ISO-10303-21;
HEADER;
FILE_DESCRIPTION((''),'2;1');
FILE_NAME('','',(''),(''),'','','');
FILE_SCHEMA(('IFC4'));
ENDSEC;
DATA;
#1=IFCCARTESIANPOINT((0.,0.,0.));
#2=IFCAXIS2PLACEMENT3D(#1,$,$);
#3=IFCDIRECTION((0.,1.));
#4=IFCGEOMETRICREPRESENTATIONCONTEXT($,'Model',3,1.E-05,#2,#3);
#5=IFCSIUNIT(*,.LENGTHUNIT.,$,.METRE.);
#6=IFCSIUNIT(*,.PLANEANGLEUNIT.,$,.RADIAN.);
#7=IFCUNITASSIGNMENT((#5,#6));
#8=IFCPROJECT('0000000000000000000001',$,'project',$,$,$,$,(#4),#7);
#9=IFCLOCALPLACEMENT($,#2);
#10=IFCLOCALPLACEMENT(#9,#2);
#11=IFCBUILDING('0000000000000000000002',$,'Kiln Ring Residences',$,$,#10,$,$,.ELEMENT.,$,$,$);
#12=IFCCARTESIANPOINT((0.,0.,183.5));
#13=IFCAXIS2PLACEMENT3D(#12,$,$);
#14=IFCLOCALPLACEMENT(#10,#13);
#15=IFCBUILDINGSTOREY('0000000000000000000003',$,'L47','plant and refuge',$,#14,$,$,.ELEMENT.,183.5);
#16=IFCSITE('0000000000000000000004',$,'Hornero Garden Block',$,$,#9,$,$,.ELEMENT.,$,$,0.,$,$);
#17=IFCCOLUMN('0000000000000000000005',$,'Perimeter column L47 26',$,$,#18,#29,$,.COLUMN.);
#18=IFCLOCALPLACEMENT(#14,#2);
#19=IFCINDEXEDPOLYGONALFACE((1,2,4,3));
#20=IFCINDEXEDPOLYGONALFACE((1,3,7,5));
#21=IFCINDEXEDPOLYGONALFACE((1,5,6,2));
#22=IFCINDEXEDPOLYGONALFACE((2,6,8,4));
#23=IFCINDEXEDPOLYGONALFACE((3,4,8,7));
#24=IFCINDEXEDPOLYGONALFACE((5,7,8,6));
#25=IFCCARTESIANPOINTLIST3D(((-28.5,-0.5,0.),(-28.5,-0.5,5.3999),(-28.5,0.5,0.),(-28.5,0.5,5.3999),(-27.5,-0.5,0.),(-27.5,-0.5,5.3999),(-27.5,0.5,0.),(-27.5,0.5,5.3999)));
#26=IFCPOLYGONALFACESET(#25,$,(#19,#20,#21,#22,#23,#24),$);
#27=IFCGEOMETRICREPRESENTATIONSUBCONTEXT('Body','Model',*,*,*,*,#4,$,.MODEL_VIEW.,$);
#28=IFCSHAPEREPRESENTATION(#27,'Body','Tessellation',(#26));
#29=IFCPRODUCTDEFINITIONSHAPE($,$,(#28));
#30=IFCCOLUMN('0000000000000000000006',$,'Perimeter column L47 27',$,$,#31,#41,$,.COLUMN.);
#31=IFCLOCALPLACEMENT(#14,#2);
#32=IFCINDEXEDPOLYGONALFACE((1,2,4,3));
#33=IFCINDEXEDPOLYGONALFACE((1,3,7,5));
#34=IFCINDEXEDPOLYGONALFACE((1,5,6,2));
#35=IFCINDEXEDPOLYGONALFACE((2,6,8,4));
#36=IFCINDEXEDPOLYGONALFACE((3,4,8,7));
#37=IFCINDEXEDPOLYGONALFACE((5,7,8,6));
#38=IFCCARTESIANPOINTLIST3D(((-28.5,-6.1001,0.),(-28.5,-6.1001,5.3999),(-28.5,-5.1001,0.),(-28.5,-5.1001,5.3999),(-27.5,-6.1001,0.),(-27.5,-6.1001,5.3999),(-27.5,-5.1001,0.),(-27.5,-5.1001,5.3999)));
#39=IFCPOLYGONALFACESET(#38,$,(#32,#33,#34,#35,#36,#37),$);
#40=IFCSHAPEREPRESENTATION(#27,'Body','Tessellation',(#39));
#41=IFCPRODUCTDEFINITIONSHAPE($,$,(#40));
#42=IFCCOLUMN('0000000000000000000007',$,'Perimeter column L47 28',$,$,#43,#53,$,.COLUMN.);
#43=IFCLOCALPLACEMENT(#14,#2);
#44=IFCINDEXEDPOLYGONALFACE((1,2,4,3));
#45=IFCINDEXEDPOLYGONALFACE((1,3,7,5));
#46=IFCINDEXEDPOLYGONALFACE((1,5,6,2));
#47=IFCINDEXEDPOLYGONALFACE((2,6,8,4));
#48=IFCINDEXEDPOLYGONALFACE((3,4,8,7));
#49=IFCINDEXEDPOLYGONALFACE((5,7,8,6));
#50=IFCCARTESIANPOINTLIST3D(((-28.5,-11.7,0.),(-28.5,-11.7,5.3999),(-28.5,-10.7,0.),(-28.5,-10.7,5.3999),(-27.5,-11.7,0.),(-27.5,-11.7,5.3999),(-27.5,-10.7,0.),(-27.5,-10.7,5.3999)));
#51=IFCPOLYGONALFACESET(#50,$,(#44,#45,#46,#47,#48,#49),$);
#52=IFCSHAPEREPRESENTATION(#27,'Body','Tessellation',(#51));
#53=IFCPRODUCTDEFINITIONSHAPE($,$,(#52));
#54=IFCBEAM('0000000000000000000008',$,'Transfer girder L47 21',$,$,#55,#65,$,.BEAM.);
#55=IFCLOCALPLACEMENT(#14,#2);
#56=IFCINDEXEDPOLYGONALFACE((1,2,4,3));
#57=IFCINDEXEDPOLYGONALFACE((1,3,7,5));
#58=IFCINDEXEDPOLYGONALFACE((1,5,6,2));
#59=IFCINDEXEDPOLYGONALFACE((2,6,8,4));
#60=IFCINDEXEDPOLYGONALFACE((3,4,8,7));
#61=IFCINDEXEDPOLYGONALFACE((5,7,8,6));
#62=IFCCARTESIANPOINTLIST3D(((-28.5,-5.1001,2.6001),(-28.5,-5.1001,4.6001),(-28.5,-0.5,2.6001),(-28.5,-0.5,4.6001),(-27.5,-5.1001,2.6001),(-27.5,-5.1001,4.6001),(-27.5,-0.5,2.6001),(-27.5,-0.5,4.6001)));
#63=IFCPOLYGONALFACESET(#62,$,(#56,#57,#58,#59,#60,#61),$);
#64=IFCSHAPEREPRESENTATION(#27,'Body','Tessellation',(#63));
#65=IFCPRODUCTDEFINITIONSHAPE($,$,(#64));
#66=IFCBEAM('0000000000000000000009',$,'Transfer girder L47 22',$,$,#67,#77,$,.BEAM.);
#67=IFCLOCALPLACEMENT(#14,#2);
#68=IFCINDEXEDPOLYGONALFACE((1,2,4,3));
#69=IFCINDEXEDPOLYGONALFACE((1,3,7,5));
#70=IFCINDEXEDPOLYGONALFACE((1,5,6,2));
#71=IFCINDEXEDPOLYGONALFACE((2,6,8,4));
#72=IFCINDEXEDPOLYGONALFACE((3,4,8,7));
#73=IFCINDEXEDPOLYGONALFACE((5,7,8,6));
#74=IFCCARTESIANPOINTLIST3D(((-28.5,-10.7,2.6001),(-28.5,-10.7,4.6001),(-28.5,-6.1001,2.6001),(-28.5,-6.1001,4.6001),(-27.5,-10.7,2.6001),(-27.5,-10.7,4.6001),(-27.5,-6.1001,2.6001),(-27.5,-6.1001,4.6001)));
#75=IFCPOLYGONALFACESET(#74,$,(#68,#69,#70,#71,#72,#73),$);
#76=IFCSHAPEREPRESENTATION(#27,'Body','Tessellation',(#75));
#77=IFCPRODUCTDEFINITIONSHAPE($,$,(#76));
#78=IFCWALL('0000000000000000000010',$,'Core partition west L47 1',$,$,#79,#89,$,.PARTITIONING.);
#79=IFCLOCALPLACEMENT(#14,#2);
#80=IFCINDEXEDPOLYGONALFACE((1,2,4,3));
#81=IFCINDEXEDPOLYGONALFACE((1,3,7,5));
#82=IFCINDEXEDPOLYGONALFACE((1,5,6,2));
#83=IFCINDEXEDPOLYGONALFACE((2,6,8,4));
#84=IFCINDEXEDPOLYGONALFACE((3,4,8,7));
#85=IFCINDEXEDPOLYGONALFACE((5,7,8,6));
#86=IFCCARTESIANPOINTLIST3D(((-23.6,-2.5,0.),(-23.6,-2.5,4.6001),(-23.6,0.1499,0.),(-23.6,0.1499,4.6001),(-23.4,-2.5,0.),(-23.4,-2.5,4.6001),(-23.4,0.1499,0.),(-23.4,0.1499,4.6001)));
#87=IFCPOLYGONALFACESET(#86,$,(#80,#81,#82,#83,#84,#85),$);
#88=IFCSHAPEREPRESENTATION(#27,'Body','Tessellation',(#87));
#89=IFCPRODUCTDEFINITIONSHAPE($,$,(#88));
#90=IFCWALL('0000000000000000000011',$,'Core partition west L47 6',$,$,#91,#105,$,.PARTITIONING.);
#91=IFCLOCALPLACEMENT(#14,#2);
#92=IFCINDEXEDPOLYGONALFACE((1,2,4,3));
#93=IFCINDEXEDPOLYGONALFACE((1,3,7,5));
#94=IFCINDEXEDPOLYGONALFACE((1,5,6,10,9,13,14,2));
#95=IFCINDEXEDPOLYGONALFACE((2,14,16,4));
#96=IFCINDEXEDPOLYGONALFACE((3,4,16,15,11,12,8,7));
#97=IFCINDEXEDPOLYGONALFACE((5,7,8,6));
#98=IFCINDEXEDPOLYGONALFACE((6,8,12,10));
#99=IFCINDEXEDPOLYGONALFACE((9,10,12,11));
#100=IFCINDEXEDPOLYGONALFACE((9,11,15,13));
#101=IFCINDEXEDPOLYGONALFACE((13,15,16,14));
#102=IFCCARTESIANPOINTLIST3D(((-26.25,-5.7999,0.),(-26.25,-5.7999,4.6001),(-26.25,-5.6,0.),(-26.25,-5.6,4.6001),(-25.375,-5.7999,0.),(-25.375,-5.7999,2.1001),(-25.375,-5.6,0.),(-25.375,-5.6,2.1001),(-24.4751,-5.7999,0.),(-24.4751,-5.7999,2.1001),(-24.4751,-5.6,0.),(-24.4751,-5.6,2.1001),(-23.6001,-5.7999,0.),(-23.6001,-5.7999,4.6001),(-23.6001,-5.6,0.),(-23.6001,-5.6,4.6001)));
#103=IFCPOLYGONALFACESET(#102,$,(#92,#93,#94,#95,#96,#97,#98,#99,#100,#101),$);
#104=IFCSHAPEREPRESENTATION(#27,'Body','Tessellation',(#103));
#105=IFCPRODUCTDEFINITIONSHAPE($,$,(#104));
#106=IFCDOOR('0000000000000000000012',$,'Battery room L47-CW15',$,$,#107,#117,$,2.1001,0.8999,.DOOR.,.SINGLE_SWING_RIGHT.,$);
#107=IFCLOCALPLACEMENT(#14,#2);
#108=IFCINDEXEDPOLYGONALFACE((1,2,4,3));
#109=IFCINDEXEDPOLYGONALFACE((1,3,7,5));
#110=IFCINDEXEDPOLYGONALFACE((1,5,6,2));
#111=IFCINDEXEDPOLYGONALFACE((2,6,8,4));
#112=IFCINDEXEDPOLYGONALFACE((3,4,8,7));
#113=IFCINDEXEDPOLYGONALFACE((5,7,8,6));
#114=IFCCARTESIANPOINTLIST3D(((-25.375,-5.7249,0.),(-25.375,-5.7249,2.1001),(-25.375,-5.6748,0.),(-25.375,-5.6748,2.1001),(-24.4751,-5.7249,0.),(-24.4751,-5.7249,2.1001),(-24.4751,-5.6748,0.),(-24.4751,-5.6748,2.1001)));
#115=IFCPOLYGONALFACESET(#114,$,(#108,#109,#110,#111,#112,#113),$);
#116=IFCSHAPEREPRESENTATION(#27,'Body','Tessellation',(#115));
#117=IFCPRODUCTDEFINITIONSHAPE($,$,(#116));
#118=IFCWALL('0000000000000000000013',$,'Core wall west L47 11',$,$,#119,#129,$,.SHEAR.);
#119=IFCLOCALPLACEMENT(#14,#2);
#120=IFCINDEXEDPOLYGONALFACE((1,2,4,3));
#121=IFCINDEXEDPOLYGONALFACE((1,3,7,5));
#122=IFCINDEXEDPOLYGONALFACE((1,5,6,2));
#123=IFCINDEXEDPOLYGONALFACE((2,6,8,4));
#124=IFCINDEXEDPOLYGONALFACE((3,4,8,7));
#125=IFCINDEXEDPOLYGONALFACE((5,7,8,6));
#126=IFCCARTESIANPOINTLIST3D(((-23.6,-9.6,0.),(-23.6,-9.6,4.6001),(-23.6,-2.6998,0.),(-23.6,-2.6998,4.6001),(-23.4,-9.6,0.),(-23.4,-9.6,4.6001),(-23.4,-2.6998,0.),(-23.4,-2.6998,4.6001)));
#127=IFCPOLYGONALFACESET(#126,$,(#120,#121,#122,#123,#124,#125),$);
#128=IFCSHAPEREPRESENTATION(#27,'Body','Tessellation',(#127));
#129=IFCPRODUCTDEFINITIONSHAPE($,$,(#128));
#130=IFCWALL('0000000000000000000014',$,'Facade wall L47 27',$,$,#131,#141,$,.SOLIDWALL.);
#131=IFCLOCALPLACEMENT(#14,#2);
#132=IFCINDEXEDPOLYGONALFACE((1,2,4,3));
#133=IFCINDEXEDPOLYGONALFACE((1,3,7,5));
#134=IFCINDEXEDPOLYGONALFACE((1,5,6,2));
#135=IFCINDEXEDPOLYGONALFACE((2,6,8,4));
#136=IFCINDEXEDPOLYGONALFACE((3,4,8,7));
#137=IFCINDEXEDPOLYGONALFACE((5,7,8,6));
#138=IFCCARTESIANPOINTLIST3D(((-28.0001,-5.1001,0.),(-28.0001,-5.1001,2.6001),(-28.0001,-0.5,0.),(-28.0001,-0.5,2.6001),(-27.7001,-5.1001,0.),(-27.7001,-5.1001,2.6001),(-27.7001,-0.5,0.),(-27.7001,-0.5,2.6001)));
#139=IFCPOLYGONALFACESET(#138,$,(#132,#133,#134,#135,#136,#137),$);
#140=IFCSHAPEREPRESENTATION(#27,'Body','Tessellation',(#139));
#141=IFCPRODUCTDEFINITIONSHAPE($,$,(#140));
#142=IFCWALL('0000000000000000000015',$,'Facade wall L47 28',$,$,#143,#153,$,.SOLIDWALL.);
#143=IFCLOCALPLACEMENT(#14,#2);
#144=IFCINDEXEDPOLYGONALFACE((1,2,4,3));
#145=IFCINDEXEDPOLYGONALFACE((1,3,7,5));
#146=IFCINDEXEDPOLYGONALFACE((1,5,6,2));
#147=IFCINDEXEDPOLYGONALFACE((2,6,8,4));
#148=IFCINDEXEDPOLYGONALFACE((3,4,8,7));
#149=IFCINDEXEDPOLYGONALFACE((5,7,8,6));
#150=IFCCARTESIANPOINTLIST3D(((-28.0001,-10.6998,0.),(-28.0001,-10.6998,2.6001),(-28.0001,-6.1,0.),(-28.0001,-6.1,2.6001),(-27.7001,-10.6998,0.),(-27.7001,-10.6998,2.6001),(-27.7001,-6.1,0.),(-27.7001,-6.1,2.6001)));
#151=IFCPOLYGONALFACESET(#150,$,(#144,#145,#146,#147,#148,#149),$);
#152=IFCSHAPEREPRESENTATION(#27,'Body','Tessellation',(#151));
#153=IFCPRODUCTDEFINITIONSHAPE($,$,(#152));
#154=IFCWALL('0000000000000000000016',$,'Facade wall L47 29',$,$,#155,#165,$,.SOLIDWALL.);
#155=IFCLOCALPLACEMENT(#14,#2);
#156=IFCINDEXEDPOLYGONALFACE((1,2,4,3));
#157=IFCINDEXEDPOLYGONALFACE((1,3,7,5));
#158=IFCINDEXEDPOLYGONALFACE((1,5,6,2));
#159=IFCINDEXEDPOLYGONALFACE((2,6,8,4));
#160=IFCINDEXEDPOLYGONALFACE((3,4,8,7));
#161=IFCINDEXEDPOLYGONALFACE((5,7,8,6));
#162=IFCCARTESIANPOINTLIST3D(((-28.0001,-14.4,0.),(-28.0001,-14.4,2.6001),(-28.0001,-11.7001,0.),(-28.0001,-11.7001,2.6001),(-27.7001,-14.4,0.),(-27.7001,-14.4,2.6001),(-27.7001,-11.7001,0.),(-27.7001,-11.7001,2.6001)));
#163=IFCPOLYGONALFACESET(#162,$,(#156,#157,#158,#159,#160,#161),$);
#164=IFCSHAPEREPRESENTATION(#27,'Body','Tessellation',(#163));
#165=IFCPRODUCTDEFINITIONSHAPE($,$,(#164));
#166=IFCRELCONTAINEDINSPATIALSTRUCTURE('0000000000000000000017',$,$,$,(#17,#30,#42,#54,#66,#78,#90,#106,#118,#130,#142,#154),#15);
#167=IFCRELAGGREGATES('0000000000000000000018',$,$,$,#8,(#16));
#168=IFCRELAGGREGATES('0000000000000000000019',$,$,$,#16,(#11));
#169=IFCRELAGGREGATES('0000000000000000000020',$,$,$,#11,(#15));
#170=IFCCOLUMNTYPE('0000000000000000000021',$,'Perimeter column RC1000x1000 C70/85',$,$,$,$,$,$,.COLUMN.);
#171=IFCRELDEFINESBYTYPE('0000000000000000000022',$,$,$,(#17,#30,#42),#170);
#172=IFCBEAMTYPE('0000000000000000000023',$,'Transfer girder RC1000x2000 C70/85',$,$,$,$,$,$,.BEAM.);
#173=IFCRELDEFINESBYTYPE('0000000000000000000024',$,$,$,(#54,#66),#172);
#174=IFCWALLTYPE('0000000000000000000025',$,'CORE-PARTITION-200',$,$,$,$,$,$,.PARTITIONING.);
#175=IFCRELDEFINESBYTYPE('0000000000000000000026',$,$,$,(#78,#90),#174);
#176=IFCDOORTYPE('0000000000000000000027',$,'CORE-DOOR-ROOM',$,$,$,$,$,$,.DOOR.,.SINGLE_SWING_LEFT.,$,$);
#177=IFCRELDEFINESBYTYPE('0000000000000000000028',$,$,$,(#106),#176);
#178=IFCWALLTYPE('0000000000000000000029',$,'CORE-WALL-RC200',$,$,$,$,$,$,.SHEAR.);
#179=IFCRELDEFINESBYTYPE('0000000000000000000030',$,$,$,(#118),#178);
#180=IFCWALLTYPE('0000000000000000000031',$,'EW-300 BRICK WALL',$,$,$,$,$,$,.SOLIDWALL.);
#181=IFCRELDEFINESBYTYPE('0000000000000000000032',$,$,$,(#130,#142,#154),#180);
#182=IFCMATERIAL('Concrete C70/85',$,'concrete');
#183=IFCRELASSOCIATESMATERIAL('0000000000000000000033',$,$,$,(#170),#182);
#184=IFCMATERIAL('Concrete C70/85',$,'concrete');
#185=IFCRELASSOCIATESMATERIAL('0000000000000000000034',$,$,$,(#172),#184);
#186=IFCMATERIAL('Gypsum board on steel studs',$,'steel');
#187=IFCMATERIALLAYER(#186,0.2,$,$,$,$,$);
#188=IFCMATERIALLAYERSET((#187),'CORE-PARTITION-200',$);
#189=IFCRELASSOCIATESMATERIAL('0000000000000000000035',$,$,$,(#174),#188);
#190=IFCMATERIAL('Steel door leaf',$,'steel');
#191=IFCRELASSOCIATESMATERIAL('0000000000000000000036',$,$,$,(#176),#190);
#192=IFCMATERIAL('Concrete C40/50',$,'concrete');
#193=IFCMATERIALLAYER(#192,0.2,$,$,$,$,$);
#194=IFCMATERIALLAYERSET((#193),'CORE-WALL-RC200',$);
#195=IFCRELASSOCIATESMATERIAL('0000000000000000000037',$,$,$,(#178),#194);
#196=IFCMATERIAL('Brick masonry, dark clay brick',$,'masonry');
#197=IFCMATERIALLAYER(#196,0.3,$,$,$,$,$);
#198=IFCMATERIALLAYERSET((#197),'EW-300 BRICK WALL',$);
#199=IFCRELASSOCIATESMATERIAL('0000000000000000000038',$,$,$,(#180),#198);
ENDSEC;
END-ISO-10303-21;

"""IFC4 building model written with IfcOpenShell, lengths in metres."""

from ifc_helpers import new_model, si_unit, direction, frame, frame_2d, origin, origin_2d, place, context, subcontext, project, spatial, rectangle, extrude, material, layer, layer_set, material_profile, profile_set, type_object, element, fill, save


model = new_model("IFC4")

# Units and contexts
model_context = context("Model", 3, precision=1e-05, world=origin(), true_north=direction((0.0, 1.0)))
body_context = subcontext(model_context, "Body", "Model", "MODEL_VIEW")
ifc_project = project(units=[si_unit("LENGTHUNIT", "METRE"), si_unit("PLANEANGLEUNIT", "RADIAN")], contexts=[model_context])

# Site, building, storey
site_placement = place(None, origin())
site = spatial("IfcSite", under=ifc_project, at=site_placement, Name="Hornero Garden Block", CompositionType="ELEMENT", RefElevation=0.0)
building_placement = place(site_placement, origin())
building = spatial("IfcBuilding", under=site, at=building_placement, Name="Kiln Ring Residences", CompositionType="ELEMENT")
storey_placement = place(building_placement, frame((0.0, 0.0, 183.5)))
storey = spatial("IfcBuildingStorey", under=building, at=storey_placement, Name="L47", Description="plant and refuge", CompositionType="ELEMENT", Elevation=183.5)

# Columns
ifc_material_1 = material(Name="Concrete C70/85", Category="concrete")
ifc_material_profile_1 = material_profile(ifc_material_1, rectangle(XDim=1.0, YDim=1.0, at=origin_2d()), Name="RC1000x1000")
ifc_profile_set_1 = profile_set([ifc_material_profile_1], Name="Concrete C70/85")
column_type = type_object("IfcColumnType", Name="Perimeter column RC1000x1000 C70/85", PredefinedType="COLUMN", material=ifc_profile_set_1)
for number, where, z_axis, x_axis, name in (
    (1, (-28.0, 0.0, 0.0), (0.0, 0.0, 1.0), (1.0, 0.0, 0.0), "Perimeter column L47 26"),
    (2, (-28.0, -5.6001, 0.0), (0.0, 0.0, 1.0), (1.0, 0.0, 0.0), "Perimeter column L47 27"),
    (3, (-28.0, -11.2, 0.0), (0.0, 0.0, 1.0), (1.0, 0.0, 0.0), "Perimeter column L47 28"),
):
    element("IfcColumn", number, at=place(storey_placement, frame(where, z_axis=z_axis, x_axis=x_axis)), inside=storey, type_object=column_type, Name=name, PredefinedType="COLUMN", context=body_context, shape_type="SweptSolid", body=[
        extrude(rectangle(XDim=1.0, YDim=1.0, at=origin_2d()), origin(), (0.0, 0.0, 1.0), 5.3999),
    ])

# Beams
ifc_material_2 = material(Name="Concrete C70/85", Category="concrete")
ifc_material_profile_2 = material_profile(ifc_material_2, rectangle(XDim=1.0, YDim=2.0, at=origin_2d()), Name="RC1000x2000")
ifc_profile_set_2 = profile_set([ifc_material_profile_2], Name="Concrete C70/85")
beam_type = type_object("IfcBeamType", Name="Transfer girder RC1000x2000 C70/85", PredefinedType="BEAM", material=ifc_profile_set_2)
beam_1_placement = place(storey_placement, frame((-28.0, -0.5, 3.6001), z_axis=(0.0, -1.0, 0.0), x_axis=(1.0, 0.0, 0.0)))
element("IfcBeam", 4, at=beam_1_placement, inside=storey, type_object=beam_type, Name="Transfer girder L47 21", PredefinedType="BEAM", context=body_context, shape_type="SweptSolid", body=[
    extrude(rectangle(XDim=1.0, YDim=2.0, at=origin_2d()), origin(), (0.0, 0.0, 1.0), 4.6001),
])
beam_2_placement = place(storey_placement, frame((-28.0, -6.1001, 3.6001), z_axis=(0.0, -1.0, 0.0), x_axis=(1.0, 0.0, 0.0)))
element("IfcBeam", 5, at=beam_2_placement, inside=storey, type_object=beam_type, Name="Transfer girder L47 22", PredefinedType="BEAM", context=body_context, shape_type="SweptSolid", body=[
    extrude(rectangle(XDim=1.0, YDim=2.0, at=origin_2d()), origin(), (0.0, 0.0, 1.0), 4.5999),
])

# Wall
ifc_material_3 = material(Name="Gypsum board on steel studs", Category="steel")
ifc_layer_1 = layer(ifc_material_3, 0.2)
ifc_layer_set_1 = layer_set([ifc_layer_1], Name="CORE-PARTITION-200")
wall_type_1 = type_object("IfcWallType", Name="CORE-PARTITION-200", PredefinedType="PARTITIONING", material=ifc_layer_set_1)
wall_1_placement = place(storey_placement, frame((-23.5, -2.5, 0.0), z_axis=(0.0, 0.0, 1.0), x_axis=(0.0, 1.0, 0.0)))
element("IfcWall", 6, at=wall_1_placement, inside=storey, type_object=wall_type_1, Name="Core partition west L47 1", PredefinedType="PARTITIONING", context=body_context, shape_type="SweptSolid", body=[
    extrude(rectangle(XDim=2.6499, YDim=0.2, at=frame_2d((1.325, 0.0))), origin(), (0.0, 0.0, 1.0), 4.6001),
])

# Wall, opening, door
wall_2_placement = place(storey_placement, frame((-23.6001, -5.7, 0.0), z_axis=(0.0, 0.0, 1.0), x_axis=(-1.0, 0.0, 0.0)))
wall_2 = element("IfcWall", 7, at=wall_2_placement, inside=storey, type_object=wall_type_1, Name="Core partition west L47 6", PredefinedType="PARTITIONING", context=body_context, shape_type="SweptSolid", body=[
    extrude(rectangle(XDim=2.6499, YDim=0.2, at=frame_2d((1.325, 0.0))), origin(), (0.0, 0.0, 1.0), 4.6001),
])
opening_placement = place(wall_2_placement, frame((0.875, 0.0, 0.0)))
opening = element("IfcOpeningElement", 8, at=opening_placement, cuts=wall_2, PredefinedType="OPENING", context=body_context, shape_type="SweptSolid", body=[
    extrude(rectangle(XDim=0.8999, YDim=2.1001, at=frame_2d((0.45, 1.05))), frame((0.0, 0.1099, 0.0), z_axis=(0.0, -1.0, 0.0), x_axis=(1.0, 0.0, 0.0)), (0.0, 0.0, 1.0), 0.22),
])
ifc_material_4 = material(Name="Steel door leaf", Category="steel")
door_type = type_object("IfcDoorType", Name="CORE-DOOR-ROOM", OperationType="SINGLE_SWING_LEFT", PredefinedType="DOOR", material=ifc_material_4)
door_placement = place(opening_placement, origin())
door = element("IfcDoor", 9, at=door_placement, inside=storey, type_object=door_type, Name="Battery room L47-CW15", OperationType="SINGLE_SWING_RIGHT", OverallHeight=2.1001, OverallWidth=0.8999, PredefinedType="DOOR", context=body_context, shape_type="SweptSolid", body=[
    extrude(rectangle(XDim=0.8999, YDim=2.1001, at=frame_2d((0.45, 1.05))), frame((0.0, 0.0249, 0.0), z_axis=(0.0, -1.0, 0.0), x_axis=(1.0, 0.0, 0.0)), (0.0, 0.0, 1.0), 0.05),
])
fill(opening, door)

# Walls
ifc_material_5 = material(Name="Concrete C40/50", Category="concrete")
ifc_layer_2 = layer(ifc_material_5, 0.2)
ifc_layer_set_2 = layer_set([ifc_layer_2], Name="CORE-WALL-RC200")
wall_type_2 = type_object("IfcWallType", Name="CORE-WALL-RC200", PredefinedType="SHEAR", material=ifc_layer_set_2)
wall_3_placement = place(storey_placement, frame((-23.5, -9.6001, 0.0), z_axis=(0.0, 0.0, 1.0), x_axis=(0.0, 1.0, 0.0)))
element("IfcWall", 10, at=wall_3_placement, inside=storey, type_object=wall_type_2, Name="Core wall west L47 11", PredefinedType="SHEAR", context=body_context, shape_type="SweptSolid", body=[
    extrude(rectangle(XDim=6.9001, YDim=0.2, at=frame_2d((3.4502, 0.0))), origin(), (0.0, 0.0, 1.0), 4.6001),
])
ifc_material_6 = material(Name="Brick masonry, dark clay brick", Category="masonry")
ifc_layer_3 = layer(ifc_material_6, 0.3)
ifc_layer_set_3 = layer_set([ifc_layer_3], Name="EW-300 BRICK WALL")
wall_type_3 = type_object("IfcWallType", Name="EW-300 BRICK WALL", PredefinedType="SOLIDWALL", material=ifc_layer_set_3)
wall_4_placement = place(storey_placement, frame((-27.8501, -0.5, 0.0), z_axis=(0.0, 0.0, 1.0), x_axis=(0.0, -1.0, 0.0)))
element("IfcWall", 11, at=wall_4_placement, inside=storey, type_object=wall_type_3, Name="Facade wall L47 27", PredefinedType="SOLIDWALL", context=body_context, shape_type="SweptSolid", body=[
    extrude(rectangle(XDim=4.6001, YDim=0.3, at=frame_2d((2.3, 0.0))), origin(), (0.0, 0.0, 1.0), 2.6001),
])
wall_5_placement = place(storey_placement, frame((-27.8501, -6.1001, 0.0), z_axis=(0.0, 0.0, 1.0), x_axis=(0.0, -1.0, 0.0)))
element("IfcWall", 12, at=wall_5_placement, inside=storey, type_object=wall_type_3, Name="Facade wall L47 28", PredefinedType="SOLIDWALL", context=body_context, shape_type="SweptSolid", body=[
    extrude(rectangle(XDim=4.5999, YDim=0.3, at=frame_2d((2.2998, 0.0))), origin(), (0.0, 0.0, 1.0), 2.6001),
])
wall_6_placement = place(storey_placement, frame((-27.8501, -11.7, 0.0), z_axis=(0.0, 0.0, 1.0), x_axis=(0.0, -1.0, 0.0)))
element("IfcWall", 13, at=wall_6_placement, inside=storey, type_object=wall_type_3, Name="Facade wall L47 29", PredefinedType="SOLIDWALL", context=body_context, shape_type="SweptSolid", body=[
    extrude(rectangle(XDim=2.7, YDim=0.3, at=frame_2d((1.3501, 0.0))), origin(), (0.0, 0.0, 1.0), 2.6001),
])

save(model, "model.ifc")
